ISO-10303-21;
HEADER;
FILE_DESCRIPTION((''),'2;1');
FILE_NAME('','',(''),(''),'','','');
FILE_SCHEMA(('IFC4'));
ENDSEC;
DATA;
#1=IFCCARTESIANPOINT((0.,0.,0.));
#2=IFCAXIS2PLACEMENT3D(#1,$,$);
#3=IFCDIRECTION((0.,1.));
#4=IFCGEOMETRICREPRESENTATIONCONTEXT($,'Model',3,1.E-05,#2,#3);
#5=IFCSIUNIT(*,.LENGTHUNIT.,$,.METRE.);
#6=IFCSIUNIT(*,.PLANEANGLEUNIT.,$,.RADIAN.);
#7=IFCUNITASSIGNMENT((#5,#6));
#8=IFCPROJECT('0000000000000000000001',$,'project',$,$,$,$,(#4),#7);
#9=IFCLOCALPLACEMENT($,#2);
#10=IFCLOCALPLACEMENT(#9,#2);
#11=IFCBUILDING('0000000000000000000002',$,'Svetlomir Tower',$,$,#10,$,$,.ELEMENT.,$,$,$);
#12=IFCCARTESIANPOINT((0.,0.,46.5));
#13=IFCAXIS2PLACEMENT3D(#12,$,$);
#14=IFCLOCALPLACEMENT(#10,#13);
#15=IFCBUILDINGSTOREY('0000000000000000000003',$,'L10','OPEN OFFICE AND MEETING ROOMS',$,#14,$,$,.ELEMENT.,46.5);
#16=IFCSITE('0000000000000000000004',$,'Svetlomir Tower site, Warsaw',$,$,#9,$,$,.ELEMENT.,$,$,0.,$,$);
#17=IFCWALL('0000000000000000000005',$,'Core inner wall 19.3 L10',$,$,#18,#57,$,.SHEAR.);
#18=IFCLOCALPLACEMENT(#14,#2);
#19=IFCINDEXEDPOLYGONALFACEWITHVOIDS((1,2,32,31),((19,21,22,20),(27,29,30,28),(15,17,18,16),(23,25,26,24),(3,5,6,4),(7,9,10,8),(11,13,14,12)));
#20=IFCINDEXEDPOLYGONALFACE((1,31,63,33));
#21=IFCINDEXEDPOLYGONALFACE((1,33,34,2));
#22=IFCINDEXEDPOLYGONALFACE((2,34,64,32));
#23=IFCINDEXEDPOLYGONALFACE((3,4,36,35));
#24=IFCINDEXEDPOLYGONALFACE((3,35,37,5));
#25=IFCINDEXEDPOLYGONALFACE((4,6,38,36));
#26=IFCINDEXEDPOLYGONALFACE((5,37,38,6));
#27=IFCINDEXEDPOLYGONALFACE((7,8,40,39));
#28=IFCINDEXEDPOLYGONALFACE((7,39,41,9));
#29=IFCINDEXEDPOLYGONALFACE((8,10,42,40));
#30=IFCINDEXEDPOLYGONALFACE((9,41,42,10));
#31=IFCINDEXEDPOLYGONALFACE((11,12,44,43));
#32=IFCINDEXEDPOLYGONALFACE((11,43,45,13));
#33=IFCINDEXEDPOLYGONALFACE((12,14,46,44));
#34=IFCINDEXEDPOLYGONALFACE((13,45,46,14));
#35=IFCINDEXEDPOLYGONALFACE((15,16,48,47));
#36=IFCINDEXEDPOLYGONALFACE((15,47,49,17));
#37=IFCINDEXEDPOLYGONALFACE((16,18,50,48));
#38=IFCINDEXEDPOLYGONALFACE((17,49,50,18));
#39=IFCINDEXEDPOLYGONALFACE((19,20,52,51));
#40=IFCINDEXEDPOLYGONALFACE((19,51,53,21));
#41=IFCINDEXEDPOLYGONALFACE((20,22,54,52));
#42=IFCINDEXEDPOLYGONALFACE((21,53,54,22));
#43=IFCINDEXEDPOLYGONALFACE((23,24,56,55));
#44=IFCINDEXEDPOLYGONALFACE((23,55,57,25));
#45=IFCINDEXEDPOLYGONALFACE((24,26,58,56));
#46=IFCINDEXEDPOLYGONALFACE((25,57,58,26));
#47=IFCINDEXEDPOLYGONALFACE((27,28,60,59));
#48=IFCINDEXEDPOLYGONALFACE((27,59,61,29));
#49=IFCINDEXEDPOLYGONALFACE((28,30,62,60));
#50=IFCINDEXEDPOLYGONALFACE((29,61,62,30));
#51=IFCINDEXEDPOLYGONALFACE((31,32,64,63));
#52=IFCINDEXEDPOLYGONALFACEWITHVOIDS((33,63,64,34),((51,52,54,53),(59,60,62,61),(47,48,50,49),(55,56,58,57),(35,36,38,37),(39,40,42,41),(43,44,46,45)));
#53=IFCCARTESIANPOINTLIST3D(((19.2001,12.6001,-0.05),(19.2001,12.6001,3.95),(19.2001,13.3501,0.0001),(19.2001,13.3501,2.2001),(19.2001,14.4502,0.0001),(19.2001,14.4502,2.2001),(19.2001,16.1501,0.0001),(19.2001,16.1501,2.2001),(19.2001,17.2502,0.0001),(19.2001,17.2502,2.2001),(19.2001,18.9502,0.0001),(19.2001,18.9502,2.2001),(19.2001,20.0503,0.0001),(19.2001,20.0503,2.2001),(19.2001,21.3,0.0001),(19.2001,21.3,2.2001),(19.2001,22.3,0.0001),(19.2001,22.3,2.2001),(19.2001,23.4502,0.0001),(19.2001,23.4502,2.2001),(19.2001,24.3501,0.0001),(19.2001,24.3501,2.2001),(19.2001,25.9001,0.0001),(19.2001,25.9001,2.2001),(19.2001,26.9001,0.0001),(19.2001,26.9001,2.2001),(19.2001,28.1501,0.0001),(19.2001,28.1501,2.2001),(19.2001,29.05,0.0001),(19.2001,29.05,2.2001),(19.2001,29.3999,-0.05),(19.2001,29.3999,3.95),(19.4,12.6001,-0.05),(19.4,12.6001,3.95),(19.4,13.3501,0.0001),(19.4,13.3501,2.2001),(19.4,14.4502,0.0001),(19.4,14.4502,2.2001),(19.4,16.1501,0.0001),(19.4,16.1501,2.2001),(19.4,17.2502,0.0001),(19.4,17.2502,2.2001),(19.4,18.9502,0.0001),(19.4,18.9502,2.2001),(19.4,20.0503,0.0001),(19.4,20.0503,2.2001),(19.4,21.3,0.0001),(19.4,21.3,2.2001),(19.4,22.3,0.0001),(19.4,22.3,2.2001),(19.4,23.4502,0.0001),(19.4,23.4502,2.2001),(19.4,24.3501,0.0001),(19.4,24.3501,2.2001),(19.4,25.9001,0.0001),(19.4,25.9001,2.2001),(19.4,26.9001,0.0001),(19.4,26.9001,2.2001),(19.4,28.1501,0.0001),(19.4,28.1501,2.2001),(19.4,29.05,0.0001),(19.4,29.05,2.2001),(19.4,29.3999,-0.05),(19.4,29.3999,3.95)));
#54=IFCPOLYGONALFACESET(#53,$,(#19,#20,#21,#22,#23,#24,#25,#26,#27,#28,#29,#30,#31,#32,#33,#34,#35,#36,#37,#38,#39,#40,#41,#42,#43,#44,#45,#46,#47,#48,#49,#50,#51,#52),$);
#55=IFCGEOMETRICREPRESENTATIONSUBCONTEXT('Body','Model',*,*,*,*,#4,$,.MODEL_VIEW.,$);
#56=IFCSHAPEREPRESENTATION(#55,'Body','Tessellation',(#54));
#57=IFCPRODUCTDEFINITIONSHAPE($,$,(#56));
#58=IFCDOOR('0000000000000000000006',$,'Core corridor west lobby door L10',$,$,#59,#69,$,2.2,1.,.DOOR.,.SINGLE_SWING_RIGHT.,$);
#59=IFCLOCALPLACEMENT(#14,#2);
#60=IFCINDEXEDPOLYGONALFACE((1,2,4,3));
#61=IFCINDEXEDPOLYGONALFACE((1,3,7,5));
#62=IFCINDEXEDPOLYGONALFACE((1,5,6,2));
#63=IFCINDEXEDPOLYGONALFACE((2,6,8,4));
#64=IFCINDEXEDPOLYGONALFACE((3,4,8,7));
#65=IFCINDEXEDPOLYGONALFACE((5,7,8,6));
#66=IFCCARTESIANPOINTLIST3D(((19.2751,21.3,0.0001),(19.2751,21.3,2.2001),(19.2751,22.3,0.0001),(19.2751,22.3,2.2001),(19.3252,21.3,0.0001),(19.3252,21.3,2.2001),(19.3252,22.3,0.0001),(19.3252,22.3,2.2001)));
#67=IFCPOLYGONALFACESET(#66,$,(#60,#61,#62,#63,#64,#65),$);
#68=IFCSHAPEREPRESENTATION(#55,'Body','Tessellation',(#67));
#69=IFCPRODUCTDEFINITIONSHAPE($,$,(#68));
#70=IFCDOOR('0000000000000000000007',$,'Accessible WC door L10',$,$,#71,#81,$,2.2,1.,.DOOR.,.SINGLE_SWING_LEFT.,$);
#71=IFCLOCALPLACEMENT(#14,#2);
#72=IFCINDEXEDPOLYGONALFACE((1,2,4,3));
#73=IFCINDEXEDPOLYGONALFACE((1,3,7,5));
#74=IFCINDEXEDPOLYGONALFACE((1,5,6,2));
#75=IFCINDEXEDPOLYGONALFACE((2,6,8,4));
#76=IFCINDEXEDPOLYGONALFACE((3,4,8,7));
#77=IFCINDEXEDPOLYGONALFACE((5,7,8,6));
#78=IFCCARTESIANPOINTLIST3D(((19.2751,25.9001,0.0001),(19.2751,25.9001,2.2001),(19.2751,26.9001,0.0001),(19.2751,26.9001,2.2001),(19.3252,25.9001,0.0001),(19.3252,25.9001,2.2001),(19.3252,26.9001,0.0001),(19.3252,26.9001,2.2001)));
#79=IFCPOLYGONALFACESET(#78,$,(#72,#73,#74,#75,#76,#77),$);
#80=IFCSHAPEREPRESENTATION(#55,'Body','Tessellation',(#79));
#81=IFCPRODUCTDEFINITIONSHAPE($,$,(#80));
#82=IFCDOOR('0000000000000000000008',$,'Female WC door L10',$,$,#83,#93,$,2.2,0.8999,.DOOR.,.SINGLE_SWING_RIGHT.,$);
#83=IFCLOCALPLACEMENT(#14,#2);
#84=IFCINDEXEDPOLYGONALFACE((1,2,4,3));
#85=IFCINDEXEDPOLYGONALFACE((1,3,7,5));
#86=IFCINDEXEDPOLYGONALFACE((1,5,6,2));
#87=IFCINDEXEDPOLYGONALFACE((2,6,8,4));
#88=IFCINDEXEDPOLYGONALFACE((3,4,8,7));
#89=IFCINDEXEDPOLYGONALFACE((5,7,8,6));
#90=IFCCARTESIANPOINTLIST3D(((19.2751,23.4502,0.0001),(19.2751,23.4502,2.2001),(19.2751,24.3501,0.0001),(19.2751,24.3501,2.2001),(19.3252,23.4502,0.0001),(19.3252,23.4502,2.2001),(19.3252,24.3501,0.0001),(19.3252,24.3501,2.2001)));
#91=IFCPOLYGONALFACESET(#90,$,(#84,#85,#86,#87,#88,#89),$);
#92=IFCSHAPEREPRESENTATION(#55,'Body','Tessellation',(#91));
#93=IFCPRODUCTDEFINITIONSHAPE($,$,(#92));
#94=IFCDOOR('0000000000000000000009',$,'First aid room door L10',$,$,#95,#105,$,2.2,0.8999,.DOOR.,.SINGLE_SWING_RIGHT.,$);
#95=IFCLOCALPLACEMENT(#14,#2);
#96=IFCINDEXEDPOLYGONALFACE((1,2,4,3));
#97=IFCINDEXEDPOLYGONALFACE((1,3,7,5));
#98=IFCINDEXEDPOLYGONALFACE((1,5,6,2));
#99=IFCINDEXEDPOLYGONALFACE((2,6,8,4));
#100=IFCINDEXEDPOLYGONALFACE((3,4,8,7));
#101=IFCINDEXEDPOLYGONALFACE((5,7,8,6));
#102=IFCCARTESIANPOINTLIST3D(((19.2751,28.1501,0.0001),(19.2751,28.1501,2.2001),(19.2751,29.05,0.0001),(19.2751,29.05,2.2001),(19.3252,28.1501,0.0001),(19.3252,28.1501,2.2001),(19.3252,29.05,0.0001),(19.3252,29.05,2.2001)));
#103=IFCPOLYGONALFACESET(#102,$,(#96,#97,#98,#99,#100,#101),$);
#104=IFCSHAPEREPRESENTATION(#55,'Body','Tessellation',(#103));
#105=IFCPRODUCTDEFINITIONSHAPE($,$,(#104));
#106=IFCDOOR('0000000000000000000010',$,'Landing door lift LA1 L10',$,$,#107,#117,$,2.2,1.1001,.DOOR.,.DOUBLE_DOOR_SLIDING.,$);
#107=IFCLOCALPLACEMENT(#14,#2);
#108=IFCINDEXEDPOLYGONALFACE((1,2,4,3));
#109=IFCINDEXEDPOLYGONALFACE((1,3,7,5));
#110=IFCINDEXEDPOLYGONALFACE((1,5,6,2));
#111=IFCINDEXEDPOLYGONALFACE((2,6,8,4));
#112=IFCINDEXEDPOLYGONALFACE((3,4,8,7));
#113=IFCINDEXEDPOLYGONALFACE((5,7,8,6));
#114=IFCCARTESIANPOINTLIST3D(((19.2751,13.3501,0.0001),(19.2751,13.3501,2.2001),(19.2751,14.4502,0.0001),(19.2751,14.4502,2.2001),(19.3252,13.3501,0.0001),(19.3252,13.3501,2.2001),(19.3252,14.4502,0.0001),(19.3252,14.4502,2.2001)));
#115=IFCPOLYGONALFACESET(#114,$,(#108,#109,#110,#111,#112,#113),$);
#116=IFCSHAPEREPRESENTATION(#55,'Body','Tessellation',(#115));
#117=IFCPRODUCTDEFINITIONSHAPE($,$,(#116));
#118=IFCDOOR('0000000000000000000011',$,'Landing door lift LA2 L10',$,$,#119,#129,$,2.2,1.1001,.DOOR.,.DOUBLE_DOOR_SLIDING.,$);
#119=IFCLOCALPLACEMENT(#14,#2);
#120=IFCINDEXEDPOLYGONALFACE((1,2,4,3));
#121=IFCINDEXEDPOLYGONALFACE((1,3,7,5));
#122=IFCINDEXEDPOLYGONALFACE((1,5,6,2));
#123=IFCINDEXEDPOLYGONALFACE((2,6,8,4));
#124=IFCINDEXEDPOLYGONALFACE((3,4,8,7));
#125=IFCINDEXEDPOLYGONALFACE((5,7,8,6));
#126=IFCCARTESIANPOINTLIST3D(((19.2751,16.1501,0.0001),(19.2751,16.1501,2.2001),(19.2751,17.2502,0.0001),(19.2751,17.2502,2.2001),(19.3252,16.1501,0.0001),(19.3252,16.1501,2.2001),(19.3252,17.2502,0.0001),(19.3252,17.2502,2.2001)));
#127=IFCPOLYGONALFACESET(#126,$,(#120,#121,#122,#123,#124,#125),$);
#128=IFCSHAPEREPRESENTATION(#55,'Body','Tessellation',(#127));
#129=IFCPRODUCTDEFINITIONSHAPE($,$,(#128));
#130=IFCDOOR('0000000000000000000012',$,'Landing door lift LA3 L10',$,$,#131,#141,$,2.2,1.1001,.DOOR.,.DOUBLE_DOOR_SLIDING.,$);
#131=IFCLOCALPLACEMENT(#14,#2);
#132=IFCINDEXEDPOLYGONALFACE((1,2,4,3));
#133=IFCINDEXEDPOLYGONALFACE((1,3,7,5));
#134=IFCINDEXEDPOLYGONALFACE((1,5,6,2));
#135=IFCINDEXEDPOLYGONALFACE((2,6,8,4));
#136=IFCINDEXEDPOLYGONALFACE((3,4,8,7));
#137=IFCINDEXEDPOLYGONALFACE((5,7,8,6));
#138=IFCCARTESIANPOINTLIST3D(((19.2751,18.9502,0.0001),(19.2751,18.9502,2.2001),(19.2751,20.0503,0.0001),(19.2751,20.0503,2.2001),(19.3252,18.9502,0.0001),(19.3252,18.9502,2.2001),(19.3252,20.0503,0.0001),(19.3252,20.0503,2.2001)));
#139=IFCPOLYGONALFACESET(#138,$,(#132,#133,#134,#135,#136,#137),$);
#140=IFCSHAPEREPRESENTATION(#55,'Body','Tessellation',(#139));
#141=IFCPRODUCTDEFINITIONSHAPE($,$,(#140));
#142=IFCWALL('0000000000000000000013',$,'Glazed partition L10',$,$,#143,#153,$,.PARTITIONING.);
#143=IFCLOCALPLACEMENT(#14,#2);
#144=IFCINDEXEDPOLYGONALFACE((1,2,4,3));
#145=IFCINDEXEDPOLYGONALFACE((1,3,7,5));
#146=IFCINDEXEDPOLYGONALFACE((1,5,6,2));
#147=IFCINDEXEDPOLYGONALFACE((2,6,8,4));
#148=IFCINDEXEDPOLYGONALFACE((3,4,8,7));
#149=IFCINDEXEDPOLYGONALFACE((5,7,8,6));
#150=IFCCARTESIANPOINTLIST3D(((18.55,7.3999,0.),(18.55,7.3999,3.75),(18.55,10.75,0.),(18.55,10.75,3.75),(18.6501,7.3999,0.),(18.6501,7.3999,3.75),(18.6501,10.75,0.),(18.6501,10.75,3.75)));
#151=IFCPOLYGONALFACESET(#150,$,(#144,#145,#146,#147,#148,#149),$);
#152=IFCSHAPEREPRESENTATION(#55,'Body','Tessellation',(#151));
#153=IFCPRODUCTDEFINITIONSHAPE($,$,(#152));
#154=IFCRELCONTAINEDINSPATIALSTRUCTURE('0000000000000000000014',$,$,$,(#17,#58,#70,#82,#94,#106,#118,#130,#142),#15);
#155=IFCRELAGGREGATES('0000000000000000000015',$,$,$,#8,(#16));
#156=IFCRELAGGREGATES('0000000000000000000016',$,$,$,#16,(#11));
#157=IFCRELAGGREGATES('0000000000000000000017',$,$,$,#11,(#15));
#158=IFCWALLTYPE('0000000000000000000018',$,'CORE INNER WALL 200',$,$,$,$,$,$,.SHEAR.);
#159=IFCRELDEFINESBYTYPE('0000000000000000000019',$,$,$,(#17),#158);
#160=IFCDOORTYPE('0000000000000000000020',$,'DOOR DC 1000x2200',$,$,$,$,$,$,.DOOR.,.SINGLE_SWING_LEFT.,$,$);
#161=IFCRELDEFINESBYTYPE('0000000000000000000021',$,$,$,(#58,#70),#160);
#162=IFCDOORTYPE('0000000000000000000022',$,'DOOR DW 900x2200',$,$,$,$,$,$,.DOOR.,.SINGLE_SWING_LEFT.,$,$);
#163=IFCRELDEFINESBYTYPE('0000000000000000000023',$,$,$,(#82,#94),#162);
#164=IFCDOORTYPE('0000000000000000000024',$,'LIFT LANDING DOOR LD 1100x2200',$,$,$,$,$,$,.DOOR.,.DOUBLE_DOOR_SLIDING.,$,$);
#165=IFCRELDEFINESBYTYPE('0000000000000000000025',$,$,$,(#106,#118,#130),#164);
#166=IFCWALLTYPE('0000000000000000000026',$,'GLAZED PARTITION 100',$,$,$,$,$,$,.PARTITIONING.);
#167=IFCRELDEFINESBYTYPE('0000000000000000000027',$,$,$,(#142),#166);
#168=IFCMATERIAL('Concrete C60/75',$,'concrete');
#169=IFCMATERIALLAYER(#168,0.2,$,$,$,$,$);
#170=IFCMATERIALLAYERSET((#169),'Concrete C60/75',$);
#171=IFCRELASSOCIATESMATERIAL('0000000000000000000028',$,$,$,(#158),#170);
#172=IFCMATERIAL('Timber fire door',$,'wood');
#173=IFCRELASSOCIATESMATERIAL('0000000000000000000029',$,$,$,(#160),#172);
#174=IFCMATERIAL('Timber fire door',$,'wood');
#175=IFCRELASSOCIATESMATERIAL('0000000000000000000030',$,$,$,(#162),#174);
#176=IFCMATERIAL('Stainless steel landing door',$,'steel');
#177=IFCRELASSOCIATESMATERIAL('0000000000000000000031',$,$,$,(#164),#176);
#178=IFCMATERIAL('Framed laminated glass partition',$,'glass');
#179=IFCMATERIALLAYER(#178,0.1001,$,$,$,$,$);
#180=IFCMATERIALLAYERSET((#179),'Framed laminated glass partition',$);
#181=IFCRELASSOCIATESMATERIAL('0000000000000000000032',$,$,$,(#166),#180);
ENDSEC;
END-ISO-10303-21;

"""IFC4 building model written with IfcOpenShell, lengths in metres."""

from ifc_helpers import new_model, si_unit, direction, frame, frame_2d, origin, place, context, subcontext, project, spatial, rectangle, extrude, material, layer, layer_set, type_object, element, fill, save


model = new_model("IFC4")

# Units and contexts
model_context = context("Model", 3, precision=1e-05, world=origin(), true_north=direction((0.0, 1.0)))
body_context = subcontext(model_context, "Body", "Model", "MODEL_VIEW")
ifc_project = project(units=[si_unit("LENGTHUNIT", "METRE"), si_unit("PLANEANGLEUNIT", "RADIAN")], contexts=[model_context])

# Site, building, storey
site_placement = place(None, origin())
site = spatial("IfcSite", under=ifc_project, at=site_placement, Name="Svetlomir Tower site, Warsaw", CompositionType="ELEMENT", RefElevation=0.0)
building_placement = place(site_placement, origin())
building = spatial("IfcBuilding", under=site, at=building_placement, Name="Svetlomir Tower", CompositionType="ELEMENT")
storey_placement = place(building_placement, frame((0.0, 0.0, 46.5)))
storey = spatial("IfcBuildingStorey", under=building, at=storey_placement, Name="L10", Description="OPEN OFFICE AND MEETING ROOMS", CompositionType="ELEMENT", Elevation=46.5)

# Shared definitions
ifc_material_1 = material(Name="Concrete C60/75", Category="concrete")
ifc_layer_1 = layer(ifc_material_1, 0.2)
ifc_layer_set_1 = layer_set([ifc_layer_1], Name="Concrete C60/75")
wall_type_1 = type_object("IfcWallType", Name="CORE INNER WALL 200", PredefinedType="SHEAR", material=ifc_layer_set_1)

# Wall, openings, doors
wall_1_placement = place(storey_placement, frame((19.3, 12.6001, -0.05), z_axis=(0.0, 0.0, 1.0), x_axis=(0.0, 1.0, 0.0)))
wall_1 = element("IfcWall", 1, at=wall_1_placement, inside=storey, type_object=wall_type_1, Name="Core inner wall 19.3 L10", PredefinedType="SHEAR", context=body_context, shape_type="SweptSolid", body=[
    extrude(rectangle(XDim=16.7998, YDim=0.2, at=frame_2d((8.3999, 0.0))), origin(), (0.0, 0.0, 1.0), 4.0),
])
opening_1_placement = place(wall_1_placement, frame((8.7, 0.0, 0.05)))
opening_1 = element("IfcOpeningElement", 2, at=opening_1_placement, cuts=wall_1, PredefinedType="OPENING", context=body_context, shape_type="SweptSolid", body=[
    extrude(rectangle(XDim=1.0, YDim=2.2, at=frame_2d((0.5, 1.1001))), frame((0.0, 0.1099, 0.0), z_axis=(0.0, -1.0, 0.0), x_axis=(1.0, 0.0, 0.0)), (0.0, 0.0, 1.0), 0.22),
])
opening_2_placement = place(wall_1_placement, frame((10.8501, 0.0, 0.05)))
opening_2 = element("IfcOpeningElement", 3, at=opening_2_placement, cuts=wall_1, PredefinedType="OPENING", context=body_context, shape_type="SweptSolid", body=[
    extrude(rectangle(XDim=0.8999, YDim=2.2, at=frame_2d((0.45, 1.1001))), frame((0.0, 0.1099, 0.0), z_axis=(0.0, -1.0, 0.0), x_axis=(1.0, 0.0, 0.0)), (0.0, 0.0, 1.0), 0.22),
])
opening_3_placement = place(wall_1_placement, frame((13.3, 0.0, 0.05)))
opening_3 = element("IfcOpeningElement", 4, at=opening_3_placement, cuts=wall_1, PredefinedType="OPENING", context=body_context, shape_type="SweptSolid", body=[
    extrude(rectangle(XDim=1.0, YDim=2.2, at=frame_2d((0.5, 1.1001))), frame((0.0, 0.1099, 0.0), z_axis=(0.0, -1.0, 0.0), x_axis=(1.0, 0.0, 0.0)), (0.0, 0.0, 1.0), 0.22),
])
opening_4_placement = place(wall_1_placement, frame((15.55, 0.0, 0.05)))
opening_4 = element("IfcOpeningElement", 5, at=opening_4_placement, cuts=wall_1, PredefinedType="OPENING", context=body_context, shape_type="SweptSolid", body=[
    extrude(rectangle(XDim=0.8999, YDim=2.2, at=frame_2d((0.45, 1.1001))), frame((0.0, 0.1099, 0.0), z_axis=(0.0, -1.0, 0.0), x_axis=(1.0, 0.0, 0.0)), (0.0, 0.0, 1.0), 0.22),
])
opening_5_placement = place(wall_1_placement, frame((0.75, 0.0, 0.05)))
opening_5 = element("IfcOpeningElement", 6, at=opening_5_placement, cuts=wall_1, PredefinedType="OPENING", context=body_context, shape_type="SweptSolid", body=[
    extrude(rectangle(XDim=1.1001, YDim=2.2, at=frame_2d((0.55, 1.1001))), frame((0.0, 0.1099, 0.0), z_axis=(0.0, -1.0, 0.0), x_axis=(1.0, 0.0, 0.0)), (0.0, 0.0, 1.0), 0.22),
])
opening_6_placement = place(wall_1_placement, frame((3.55, 0.0, 0.05)))
opening_6 = element("IfcOpeningElement", 7, at=opening_6_placement, cuts=wall_1, PredefinedType="OPENING", context=body_context, shape_type="SweptSolid", body=[
    extrude(rectangle(XDim=1.1001, YDim=2.2, at=frame_2d((0.55, 1.1001))), frame((0.0, 0.1099, 0.0), z_axis=(0.0, -1.0, 0.0), x_axis=(1.0, 0.0, 0.0)), (0.0, 0.0, 1.0), 0.22),
])
opening_7_placement = place(wall_1_placement, frame((6.3501, 0.0, 0.05)))
opening_7 = element("IfcOpeningElement", 8, at=opening_7_placement, cuts=wall_1, PredefinedType="OPENING", context=body_context, shape_type="SweptSolid", body=[
    extrude(rectangle(XDim=1.1001, YDim=2.2, at=frame_2d((0.55, 1.1001))), frame((0.0, 0.1099, 0.0), z_axis=(0.0, -1.0, 0.0), x_axis=(1.0, 0.0, 0.0)), (0.0, 0.0, 1.0), 0.22),
])
ifc_material_2 = material(Name="Timber fire door", Category="wood")
door_type_1 = type_object("IfcDoorType", Name="DOOR DC 1000x2200", OperationType="SINGLE_SWING_LEFT", PredefinedType="DOOR", material=ifc_material_2)
door_1_placement = place(opening_1_placement, origin())
door_1 = element("IfcDoor", 9, at=door_1_placement, inside=storey, type_object=door_type_1, Name="Core corridor west lobby door L10", OperationType="SINGLE_SWING_RIGHT", OverallHeight=2.2, OverallWidth=1.0, PredefinedType="DOOR", context=body_context, shape_type="SweptSolid", body=[
    extrude(rectangle(XDim=1.0, YDim=2.2, at=frame_2d((0.5, 1.1001))), frame((0.0, 0.0249, 0.0), z_axis=(0.0, -1.0, 0.0), x_axis=(1.0, 0.0, 0.0)), (0.0, 0.0, 1.0), 0.05),
])
fill(opening_1, door_1)
door_2_placement = place(opening_3_placement, origin())
door_2 = element("IfcDoor", 10, at=door_2_placement, inside=storey, type_object=door_type_1, Name="Accessible WC door L10", OperationType="SINGLE_SWING_LEFT", OverallHeight=2.2, OverallWidth=1.0, PredefinedType="DOOR", context=body_context, shape_type="SweptSolid", body=[
    extrude(rectangle(XDim=1.0, YDim=2.2, at=frame_2d((0.5, 1.1001))), frame((0.0, 0.0249, 0.0), z_axis=(0.0, -1.0, 0.0), x_axis=(1.0, 0.0, 0.0)), (0.0, 0.0, 1.0), 0.05),
])
fill(opening_3, door_2)
ifc_material_3 = material(Name="Timber fire door", Category="wood")
door_type_2 = type_object("IfcDoorType", Name="DOOR DW 900x2200", OperationType="SINGLE_SWING_LEFT", PredefinedType="DOOR", material=ifc_material_3)
door_3_placement = place(opening_2_placement, origin())
door_3 = element("IfcDoor", 11, at=door_3_placement, inside=storey, type_object=door_type_2, Name="Female WC door L10", OperationType="SINGLE_SWING_RIGHT", OverallHeight=2.2, OverallWidth=0.8999, PredefinedType="DOOR", context=body_context, shape_type="SweptSolid", body=[
    extrude(rectangle(XDim=0.8999, YDim=2.2, at=frame_2d((0.45, 1.1001))), frame((0.0, 0.0249, 0.0), z_axis=(0.0, -1.0, 0.0), x_axis=(1.0, 0.0, 0.0)), (0.0, 0.0, 1.0), 0.05),
])
fill(opening_2, door_3)
door_4_placement = place(opening_4_placement, origin())
door_4 = element("IfcDoor", 12, at=door_4_placement, inside=storey, type_object=door_type_2, Name="First aid room door L10", OperationType="SINGLE_SWING_RIGHT", OverallHeight=2.2, OverallWidth=0.8999, PredefinedType="DOOR", context=body_context, shape_type="SweptSolid", body=[
    extrude(rectangle(XDim=0.8999, YDim=2.2, at=frame_2d((0.45, 1.1001))), frame((0.0, 0.0249, 0.0), z_axis=(0.0, -1.0, 0.0), x_axis=(1.0, 0.0, 0.0)), (0.0, 0.0, 1.0), 0.05),
])
fill(opening_4, door_4)
ifc_material_4 = material(Name="Stainless steel landing door", Category="steel")
door_type_3 = type_object("IfcDoorType", Name="LIFT LANDING DOOR LD 1100x2200", OperationType="DOUBLE_DOOR_SLIDING", PredefinedType="DOOR", material=ifc_material_4)
door_5_placement = place(opening_5_placement, origin())
door_5 = element("IfcDoor", 13, at=door_5_placement, inside=storey, type_object=door_type_3, Name="Landing door lift LA1 L10", OperationType="DOUBLE_DOOR_SLIDING", OverallHeight=2.2, OverallWidth=1.1001, PredefinedType="DOOR", context=body_context, shape_type="SweptSolid", body=[
    extrude(rectangle(XDim=1.1001, YDim=2.2, at=frame_2d((0.55, 1.1001))), frame((0.0, 0.0249, 0.0), z_axis=(0.0, -1.0, 0.0), x_axis=(1.0, 0.0, 0.0)), (0.0, 0.0, 1.0), 0.05),
])
fill(opening_5, door_5)
door_6_placement = place(opening_6_placement, origin())
door_6 = element("IfcDoor", 14, at=door_6_placement, inside=storey, type_object=door_type_3, Name="Landing door lift LA2 L10", OperationType="DOUBLE_DOOR_SLIDING", OverallHeight=2.2, OverallWidth=1.1001, PredefinedType="DOOR", context=body_context, shape_type="SweptSolid", body=[
    extrude(rectangle(XDim=1.1001, YDim=2.2, at=frame_2d((0.55, 1.1001))), frame((0.0, 0.0249, 0.0), z_axis=(0.0, -1.0, 0.0), x_axis=(1.0, 0.0, 0.0)), (0.0, 0.0, 1.0), 0.05),
])
fill(opening_6, door_6)
door_7_placement = place(opening_7_placement, origin())
door_7 = element("IfcDoor", 15, at=door_7_placement, inside=storey, type_object=door_type_3, Name="Landing door lift LA3 L10", OperationType="DOUBLE_DOOR_SLIDING", OverallHeight=2.2, OverallWidth=1.1001, PredefinedType="DOOR", context=body_context, shape_type="SweptSolid", body=[
    extrude(rectangle(XDim=1.1001, YDim=2.2, at=frame_2d((0.55, 1.1001))), frame((0.0, 0.0249, 0.0), z_axis=(0.0, -1.0, 0.0), x_axis=(1.0, 0.0, 0.0)), (0.0, 0.0, 1.0), 0.05),
])
fill(opening_7, door_7)

# Wall
ifc_material_5 = material(Name="Framed laminated glass partition", Category="glass")
ifc_layer_2 = layer(ifc_material_5, 0.1001)
ifc_layer_set_2 = layer_set([ifc_layer_2], Name="Framed laminated glass partition")
wall_type_2 = type_object("IfcWallType", Name="GLAZED PARTITION 100", PredefinedType="PARTITIONING", material=ifc_layer_set_2)
wall_2_placement = place(storey_placement, frame((18.6001, 7.3999, 0.0), z_axis=(0.0, 0.0, 1.0), x_axis=(0.0, 1.0, 0.0)))
element("IfcWall", 16, at=wall_2_placement, inside=storey, type_object=wall_type_2, Name="Glazed partition L10", PredefinedType="PARTITIONING", context=body_context, shape_type="SweptSolid", body=[
    extrude(rectangle(XDim=3.3501, YDim=0.1001, at=frame_2d((1.675, 0.0))), origin(), (0.0, 0.0, 1.0), 3.75),
])

save(model, "model.ifc")
